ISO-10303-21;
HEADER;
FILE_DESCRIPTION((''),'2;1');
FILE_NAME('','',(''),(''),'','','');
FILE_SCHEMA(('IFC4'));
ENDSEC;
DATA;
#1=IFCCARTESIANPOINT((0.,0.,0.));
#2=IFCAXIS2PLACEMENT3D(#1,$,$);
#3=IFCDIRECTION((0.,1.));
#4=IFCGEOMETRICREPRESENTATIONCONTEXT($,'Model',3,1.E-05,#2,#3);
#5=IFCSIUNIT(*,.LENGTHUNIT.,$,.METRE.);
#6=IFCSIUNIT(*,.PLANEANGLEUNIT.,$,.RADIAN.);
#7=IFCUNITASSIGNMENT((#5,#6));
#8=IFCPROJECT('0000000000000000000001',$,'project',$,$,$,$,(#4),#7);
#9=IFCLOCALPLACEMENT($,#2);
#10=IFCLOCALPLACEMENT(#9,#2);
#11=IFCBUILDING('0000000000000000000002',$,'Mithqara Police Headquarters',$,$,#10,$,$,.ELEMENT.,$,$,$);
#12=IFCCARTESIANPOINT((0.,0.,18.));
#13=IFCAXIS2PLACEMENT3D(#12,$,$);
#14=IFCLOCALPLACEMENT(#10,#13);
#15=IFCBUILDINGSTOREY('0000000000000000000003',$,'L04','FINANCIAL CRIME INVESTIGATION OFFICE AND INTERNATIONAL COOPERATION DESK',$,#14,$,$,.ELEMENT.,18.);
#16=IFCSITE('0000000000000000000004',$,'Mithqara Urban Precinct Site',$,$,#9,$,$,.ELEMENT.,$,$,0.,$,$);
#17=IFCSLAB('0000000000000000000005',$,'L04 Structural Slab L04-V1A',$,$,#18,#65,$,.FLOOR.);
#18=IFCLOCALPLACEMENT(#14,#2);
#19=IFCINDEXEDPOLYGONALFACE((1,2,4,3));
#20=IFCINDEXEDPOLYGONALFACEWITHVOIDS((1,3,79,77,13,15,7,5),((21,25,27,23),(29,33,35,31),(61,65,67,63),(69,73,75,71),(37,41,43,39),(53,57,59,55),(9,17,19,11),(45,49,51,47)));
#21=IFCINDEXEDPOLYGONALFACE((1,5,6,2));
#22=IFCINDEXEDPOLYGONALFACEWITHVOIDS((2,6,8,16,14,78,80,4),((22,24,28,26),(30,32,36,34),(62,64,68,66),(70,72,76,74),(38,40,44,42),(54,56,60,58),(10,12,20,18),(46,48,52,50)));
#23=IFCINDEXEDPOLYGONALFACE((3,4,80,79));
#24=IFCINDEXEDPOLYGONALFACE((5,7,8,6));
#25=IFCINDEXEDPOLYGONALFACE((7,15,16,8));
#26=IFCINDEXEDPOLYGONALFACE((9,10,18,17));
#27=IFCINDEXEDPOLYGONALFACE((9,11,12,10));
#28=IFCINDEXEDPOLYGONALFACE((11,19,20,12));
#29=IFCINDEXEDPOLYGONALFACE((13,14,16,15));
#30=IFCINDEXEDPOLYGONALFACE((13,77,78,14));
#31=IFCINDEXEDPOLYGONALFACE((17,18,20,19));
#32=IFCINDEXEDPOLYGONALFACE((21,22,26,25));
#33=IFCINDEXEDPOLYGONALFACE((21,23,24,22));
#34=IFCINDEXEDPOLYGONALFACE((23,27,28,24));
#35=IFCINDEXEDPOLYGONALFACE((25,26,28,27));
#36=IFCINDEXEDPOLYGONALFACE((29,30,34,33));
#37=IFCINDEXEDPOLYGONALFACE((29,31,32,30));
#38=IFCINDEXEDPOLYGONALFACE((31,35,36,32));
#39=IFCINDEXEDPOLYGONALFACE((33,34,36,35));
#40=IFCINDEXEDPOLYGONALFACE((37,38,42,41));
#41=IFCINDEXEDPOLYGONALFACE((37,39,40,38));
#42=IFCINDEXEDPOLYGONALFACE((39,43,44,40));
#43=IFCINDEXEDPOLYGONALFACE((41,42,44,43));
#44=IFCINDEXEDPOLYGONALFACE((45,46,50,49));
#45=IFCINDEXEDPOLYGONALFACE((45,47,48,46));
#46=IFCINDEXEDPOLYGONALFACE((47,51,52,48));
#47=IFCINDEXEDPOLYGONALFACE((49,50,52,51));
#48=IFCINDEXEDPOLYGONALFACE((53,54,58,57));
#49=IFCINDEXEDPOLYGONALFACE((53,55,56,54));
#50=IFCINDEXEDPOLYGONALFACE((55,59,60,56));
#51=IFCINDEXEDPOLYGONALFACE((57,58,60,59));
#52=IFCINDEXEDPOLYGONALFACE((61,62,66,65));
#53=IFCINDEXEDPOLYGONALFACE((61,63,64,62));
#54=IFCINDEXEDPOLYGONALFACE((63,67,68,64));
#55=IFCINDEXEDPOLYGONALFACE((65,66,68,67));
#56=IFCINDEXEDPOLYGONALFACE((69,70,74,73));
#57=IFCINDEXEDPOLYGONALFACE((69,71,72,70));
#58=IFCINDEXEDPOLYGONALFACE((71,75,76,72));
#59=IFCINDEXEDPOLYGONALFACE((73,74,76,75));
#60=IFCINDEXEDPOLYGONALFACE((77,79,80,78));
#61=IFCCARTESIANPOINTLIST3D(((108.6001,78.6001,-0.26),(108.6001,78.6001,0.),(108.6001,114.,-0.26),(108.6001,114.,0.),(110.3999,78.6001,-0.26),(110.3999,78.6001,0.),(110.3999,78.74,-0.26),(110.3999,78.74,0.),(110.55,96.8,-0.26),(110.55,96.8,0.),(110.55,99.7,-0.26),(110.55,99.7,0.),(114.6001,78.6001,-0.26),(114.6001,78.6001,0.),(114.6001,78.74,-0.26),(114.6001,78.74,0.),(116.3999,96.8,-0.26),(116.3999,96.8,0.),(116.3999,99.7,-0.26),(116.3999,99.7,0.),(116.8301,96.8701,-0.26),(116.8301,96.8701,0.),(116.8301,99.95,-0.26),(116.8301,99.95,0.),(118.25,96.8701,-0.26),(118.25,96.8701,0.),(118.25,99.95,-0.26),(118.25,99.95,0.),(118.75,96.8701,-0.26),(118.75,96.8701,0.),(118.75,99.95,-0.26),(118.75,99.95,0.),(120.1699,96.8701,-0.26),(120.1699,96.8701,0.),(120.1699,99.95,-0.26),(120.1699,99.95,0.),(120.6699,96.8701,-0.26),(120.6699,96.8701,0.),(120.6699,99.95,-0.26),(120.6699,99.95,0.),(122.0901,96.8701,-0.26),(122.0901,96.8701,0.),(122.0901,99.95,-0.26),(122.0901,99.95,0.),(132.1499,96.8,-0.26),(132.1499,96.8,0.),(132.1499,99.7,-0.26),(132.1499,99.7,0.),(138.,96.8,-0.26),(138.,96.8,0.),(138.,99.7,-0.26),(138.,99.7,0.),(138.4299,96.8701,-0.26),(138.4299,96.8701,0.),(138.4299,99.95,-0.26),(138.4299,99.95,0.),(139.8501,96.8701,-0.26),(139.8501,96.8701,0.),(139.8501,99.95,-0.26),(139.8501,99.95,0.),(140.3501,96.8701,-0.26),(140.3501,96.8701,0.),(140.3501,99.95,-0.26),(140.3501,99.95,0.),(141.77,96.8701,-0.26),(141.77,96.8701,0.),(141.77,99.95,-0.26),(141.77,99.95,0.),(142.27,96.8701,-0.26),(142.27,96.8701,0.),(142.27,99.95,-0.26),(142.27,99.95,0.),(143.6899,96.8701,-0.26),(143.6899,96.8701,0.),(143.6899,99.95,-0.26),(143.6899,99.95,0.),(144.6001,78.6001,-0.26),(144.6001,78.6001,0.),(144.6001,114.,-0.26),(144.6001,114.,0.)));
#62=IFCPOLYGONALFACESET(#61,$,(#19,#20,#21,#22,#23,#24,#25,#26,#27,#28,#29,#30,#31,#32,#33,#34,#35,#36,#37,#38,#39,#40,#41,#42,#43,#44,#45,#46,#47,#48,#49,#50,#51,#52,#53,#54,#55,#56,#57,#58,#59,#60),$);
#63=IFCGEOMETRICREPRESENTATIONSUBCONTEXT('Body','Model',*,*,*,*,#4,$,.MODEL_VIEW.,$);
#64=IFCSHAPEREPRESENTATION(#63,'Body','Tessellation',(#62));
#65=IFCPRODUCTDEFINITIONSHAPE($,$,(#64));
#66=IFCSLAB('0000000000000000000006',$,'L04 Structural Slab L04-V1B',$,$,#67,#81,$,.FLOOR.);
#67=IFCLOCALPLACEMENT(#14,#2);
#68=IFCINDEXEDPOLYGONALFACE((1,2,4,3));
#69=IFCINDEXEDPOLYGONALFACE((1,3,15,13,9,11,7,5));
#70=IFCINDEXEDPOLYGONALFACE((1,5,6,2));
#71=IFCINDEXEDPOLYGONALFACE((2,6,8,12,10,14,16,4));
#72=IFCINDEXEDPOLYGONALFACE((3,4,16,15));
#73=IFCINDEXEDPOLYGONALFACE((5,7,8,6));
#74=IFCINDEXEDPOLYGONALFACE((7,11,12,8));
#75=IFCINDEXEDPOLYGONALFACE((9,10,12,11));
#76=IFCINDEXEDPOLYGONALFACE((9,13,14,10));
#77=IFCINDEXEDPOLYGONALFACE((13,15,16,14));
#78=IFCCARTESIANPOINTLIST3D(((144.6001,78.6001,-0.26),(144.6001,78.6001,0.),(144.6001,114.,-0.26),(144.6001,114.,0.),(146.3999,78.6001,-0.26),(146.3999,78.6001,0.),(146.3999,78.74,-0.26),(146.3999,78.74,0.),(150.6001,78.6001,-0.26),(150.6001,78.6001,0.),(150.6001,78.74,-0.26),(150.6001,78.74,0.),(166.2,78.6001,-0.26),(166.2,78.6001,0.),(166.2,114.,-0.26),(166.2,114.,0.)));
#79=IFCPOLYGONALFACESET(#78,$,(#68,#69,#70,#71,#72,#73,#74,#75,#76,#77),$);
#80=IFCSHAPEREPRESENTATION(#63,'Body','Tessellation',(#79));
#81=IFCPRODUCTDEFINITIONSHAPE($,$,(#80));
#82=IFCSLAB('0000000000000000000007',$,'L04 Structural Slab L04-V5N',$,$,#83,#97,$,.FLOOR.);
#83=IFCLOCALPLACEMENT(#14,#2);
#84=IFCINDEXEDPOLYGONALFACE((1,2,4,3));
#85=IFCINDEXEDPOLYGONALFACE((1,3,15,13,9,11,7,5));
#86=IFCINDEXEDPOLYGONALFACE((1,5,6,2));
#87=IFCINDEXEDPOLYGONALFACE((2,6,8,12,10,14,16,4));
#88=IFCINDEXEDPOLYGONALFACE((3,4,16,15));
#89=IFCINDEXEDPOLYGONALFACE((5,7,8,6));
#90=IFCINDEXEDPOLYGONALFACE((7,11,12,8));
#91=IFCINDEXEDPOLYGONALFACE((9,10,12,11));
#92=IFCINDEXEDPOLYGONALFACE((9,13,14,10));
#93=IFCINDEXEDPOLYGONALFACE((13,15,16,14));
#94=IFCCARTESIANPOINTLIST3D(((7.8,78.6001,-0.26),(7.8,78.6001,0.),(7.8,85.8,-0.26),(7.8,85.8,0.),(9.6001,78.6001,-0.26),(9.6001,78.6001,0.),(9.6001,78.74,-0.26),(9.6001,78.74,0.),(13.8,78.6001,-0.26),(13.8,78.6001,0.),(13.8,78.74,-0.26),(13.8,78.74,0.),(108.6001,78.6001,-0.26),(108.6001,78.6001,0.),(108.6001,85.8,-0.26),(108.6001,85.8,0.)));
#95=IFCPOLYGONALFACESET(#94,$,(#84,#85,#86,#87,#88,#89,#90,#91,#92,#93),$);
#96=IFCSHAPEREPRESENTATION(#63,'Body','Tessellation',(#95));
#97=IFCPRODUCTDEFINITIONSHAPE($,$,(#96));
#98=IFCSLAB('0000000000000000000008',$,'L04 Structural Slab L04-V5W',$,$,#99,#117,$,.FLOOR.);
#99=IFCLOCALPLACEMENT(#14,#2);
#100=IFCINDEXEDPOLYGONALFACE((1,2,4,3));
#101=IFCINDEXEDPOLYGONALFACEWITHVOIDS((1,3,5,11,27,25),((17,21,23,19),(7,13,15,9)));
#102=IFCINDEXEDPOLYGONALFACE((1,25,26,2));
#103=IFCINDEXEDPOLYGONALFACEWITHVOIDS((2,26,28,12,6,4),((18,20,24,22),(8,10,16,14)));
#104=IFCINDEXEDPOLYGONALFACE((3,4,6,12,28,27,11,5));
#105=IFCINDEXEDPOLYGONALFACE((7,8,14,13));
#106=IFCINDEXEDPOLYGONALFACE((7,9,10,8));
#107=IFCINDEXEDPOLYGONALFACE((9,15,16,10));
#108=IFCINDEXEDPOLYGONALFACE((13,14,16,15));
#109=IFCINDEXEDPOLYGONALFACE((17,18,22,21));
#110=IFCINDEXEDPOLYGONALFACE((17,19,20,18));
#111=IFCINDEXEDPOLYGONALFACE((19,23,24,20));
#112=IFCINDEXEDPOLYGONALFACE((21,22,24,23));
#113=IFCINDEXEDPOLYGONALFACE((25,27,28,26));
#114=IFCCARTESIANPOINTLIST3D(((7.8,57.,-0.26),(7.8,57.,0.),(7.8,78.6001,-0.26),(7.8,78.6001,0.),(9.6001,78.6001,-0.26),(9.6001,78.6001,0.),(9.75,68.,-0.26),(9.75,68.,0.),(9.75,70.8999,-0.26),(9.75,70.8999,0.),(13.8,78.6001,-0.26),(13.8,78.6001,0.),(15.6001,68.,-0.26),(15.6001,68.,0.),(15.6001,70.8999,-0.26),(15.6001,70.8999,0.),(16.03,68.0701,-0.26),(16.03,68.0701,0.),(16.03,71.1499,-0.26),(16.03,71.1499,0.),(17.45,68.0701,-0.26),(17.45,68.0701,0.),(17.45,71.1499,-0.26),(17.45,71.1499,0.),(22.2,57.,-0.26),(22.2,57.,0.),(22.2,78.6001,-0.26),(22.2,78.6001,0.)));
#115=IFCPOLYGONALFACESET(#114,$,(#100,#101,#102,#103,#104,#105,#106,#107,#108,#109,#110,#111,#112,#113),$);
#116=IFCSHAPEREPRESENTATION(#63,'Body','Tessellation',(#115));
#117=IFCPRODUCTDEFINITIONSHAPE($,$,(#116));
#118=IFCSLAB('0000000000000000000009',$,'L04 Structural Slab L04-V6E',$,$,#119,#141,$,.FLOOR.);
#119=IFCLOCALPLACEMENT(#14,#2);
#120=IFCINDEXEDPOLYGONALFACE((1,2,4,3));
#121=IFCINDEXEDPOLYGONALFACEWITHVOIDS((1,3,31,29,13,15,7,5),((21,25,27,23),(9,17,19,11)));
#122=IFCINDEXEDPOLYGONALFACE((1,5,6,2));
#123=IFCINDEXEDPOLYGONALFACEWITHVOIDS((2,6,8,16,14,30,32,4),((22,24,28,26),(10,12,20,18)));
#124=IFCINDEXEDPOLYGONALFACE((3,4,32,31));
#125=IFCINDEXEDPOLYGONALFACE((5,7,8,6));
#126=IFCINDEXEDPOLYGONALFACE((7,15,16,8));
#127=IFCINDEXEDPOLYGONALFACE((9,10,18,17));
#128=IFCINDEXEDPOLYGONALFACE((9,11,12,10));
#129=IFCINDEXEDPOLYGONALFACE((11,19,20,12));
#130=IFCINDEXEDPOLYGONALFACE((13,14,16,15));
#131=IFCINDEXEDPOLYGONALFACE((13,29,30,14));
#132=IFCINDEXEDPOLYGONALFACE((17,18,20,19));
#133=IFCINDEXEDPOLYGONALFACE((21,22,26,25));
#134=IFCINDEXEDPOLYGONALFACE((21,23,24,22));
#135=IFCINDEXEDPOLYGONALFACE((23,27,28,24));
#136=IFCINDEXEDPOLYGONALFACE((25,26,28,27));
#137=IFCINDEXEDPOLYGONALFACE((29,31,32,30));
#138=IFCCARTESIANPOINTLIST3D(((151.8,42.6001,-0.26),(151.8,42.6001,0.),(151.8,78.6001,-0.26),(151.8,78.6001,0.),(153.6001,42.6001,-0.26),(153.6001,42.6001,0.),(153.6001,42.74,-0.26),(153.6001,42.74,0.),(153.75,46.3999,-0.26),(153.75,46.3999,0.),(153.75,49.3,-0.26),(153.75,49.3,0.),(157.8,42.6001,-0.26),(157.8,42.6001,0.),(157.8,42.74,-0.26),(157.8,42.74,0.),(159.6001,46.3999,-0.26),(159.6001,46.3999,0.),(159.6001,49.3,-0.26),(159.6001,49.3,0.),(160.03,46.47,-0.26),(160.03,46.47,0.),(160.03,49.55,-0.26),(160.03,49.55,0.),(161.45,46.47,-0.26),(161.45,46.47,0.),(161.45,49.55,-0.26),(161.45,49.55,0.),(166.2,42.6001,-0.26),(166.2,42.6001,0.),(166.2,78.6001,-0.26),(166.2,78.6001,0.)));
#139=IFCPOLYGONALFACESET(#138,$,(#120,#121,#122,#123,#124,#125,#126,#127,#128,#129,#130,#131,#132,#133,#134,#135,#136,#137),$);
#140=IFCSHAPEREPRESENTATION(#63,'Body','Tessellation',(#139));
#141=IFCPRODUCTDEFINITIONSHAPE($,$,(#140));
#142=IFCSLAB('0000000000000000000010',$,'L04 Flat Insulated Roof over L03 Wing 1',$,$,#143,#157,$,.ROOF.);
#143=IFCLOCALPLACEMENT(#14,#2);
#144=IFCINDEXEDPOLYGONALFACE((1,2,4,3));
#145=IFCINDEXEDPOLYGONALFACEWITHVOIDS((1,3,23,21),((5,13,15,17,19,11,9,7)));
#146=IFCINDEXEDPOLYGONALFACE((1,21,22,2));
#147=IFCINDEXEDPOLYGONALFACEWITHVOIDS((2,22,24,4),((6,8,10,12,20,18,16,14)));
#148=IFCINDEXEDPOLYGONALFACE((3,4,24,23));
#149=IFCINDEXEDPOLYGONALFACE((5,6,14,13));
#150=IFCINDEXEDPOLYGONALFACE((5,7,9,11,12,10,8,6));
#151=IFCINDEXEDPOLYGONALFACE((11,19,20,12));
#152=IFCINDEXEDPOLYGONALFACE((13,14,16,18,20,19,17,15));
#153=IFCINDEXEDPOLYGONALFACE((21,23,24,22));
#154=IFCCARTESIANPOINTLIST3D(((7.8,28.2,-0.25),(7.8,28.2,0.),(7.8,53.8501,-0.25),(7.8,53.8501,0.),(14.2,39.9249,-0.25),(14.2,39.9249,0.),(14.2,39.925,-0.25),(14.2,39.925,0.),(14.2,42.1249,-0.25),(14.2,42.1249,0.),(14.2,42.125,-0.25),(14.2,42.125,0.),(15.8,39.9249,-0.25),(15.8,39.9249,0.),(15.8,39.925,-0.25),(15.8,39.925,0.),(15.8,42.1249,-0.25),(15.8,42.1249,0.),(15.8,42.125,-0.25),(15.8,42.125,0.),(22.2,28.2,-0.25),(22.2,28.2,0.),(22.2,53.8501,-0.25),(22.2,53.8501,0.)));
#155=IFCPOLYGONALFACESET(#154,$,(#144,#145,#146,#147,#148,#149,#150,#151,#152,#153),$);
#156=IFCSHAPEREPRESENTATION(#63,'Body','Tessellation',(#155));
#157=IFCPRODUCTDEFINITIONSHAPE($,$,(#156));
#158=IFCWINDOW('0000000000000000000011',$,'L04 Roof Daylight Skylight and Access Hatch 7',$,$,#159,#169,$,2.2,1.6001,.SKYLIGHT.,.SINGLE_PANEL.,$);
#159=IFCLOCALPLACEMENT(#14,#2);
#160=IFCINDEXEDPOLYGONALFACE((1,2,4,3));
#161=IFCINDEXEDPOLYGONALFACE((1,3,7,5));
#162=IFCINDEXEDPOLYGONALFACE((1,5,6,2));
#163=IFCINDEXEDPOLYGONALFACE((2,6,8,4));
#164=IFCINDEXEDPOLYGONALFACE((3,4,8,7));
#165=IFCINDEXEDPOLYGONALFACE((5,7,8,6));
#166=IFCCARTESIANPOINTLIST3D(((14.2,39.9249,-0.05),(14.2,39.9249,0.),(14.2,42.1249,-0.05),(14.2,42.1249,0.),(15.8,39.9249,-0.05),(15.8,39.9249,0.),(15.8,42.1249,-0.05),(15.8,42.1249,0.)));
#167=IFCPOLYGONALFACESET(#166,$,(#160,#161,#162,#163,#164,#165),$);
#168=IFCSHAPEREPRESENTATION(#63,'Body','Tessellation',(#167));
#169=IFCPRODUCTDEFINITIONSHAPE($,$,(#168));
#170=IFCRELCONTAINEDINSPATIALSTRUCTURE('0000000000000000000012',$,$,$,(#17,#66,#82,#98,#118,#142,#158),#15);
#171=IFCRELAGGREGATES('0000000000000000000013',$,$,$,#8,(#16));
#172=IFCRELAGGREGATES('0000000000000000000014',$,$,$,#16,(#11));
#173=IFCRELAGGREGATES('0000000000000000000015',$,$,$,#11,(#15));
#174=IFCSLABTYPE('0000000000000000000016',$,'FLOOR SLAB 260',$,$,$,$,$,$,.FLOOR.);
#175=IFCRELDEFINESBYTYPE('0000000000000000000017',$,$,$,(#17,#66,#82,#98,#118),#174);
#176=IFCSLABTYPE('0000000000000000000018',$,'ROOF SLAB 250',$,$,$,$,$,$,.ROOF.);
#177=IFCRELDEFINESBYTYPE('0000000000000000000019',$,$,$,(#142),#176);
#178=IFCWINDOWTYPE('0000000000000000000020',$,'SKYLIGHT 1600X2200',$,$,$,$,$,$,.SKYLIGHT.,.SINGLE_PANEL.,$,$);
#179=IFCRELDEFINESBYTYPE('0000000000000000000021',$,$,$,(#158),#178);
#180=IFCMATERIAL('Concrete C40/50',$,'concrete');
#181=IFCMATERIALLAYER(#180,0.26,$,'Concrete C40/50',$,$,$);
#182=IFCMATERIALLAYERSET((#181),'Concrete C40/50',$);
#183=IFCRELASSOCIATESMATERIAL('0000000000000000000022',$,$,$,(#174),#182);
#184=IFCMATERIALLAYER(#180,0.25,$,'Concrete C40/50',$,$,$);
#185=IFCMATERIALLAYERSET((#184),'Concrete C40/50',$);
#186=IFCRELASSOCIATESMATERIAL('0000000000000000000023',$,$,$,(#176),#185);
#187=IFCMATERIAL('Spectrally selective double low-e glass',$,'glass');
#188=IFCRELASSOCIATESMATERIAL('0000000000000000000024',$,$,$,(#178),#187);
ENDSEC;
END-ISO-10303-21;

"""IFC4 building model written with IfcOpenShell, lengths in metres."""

from ifc_helpers import new_model, si_unit, direction, frame, origin, origin_2d, place, context, subcontext, project, spatial, polyline, rectangle, outline, extrude, material, layer, layer_set, type_object, element, fill, save


model = new_model("IFC4")

# Units and contexts
model_context = context("Model", 3, precision=1e-05, world=origin(), true_north=direction((0.0, 1.0)))
body_context = subcontext(model_context, "Body", "Model", "MODEL_VIEW")
ifc_project = project(units=[si_unit("LENGTHUNIT", "METRE"), si_unit("PLANEANGLEUNIT", "RADIAN")], contexts=[model_context])

# Site, building, storey
site_placement = place(None, origin())
site = spatial("IfcSite", under=ifc_project, at=site_placement, Name="Mithqara Urban Precinct Site", CompositionType="ELEMENT", RefElevation=0.0)
building_placement = place(site_placement, origin())
building = spatial("IfcBuilding", under=site, at=building_placement, Name="Mithqara Police Headquarters", CompositionType="ELEMENT")
storey_placement = place(building_placement, frame((0.0, 0.0, 18.0)))
storey = spatial("IfcBuildingStorey", under=building, at=storey_placement, Name="L04", Description="FINANCIAL CRIME INVESTIGATION OFFICE AND INTERNATIONAL COOPERATION DESK", CompositionType="ELEMENT", Elevation=18.0)

# Slabs
ifc_material_1 = material(Name="Concrete C40/50", Category="concrete")
ifc_layer_1 = layer(ifc_material_1, 0.26, Name="Concrete C40/50")
ifc_layer_set_1 = layer_set([ifc_layer_1], Name="Concrete C40/50")
slab_type_1 = type_object("IfcSlabType", Name="FLOOR SLAB 260", PredefinedType="FLOOR", material=ifc_layer_set_1)
slab_1_placement = place(storey_placement, frame((0.0, 0.0, -0.26)))
element("IfcSlab", 1, at=slab_1_placement, inside=storey, type_object=slab_type_1, Name="L04 Structural Slab L04-V1A", PredefinedType="FLOOR", context=body_context, shape_type="SweptSolid", body=[
    extrude(outline(polyline([(108.6001, 114.0), (144.6001, 114.0), (144.6001, 78.6001), (114.6001, 78.6001), (114.6001, 78.74), (110.3999, 78.74), (110.3999, 78.6001), (108.6001, 78.6001), (108.6001, 114.0)]), holes=[polyline([(110.55, 96.8), (116.3999, 96.8), (116.3999, 99.7), (110.55, 99.7), (110.55, 96.8)]), polyline([(132.1499, 96.8), (138.0, 96.8), (138.0, 99.7), (132.1499, 99.7), (132.1499, 96.8)]), polyline([(118.25, 96.8701), (118.25, 99.95), (116.8301, 99.95), (116.8301, 96.8701), (118.25, 96.8701)]), polyline([(120.1699, 96.8701), (120.1699, 99.95), (118.75, 99.95), (118.75, 96.8701), (120.1699, 96.8701)]), polyline([(122.0901, 96.8701), (122.0901, 99.95), (120.6699, 99.95), (120.6699, 96.8701), (122.0901, 96.8701)]), polyline([(139.8501, 96.8701), (139.8501, 99.95), (138.4299, 99.95), (138.4299, 96.8701), (139.8501, 96.8701)]), polyline([(141.77, 96.8701), (141.77, 99.95), (140.3501, 99.95), (140.3501, 96.8701), (141.77, 96.8701)]), polyline([(143.6899, 96.8701), (143.6899, 99.95), (142.27, 99.95), (142.27, 96.8701), (143.6899, 96.8701)])]), origin(), (0.0, 0.0, 1.0), 0.26),
])
slab_2_placement = place(storey_placement, frame((0.0, 0.0, -0.26)))
element("IfcSlab", 2, at=slab_2_placement, inside=storey, type_object=slab_type_1, Name="L04 Structural Slab L04-V1B", PredefinedType="FLOOR", context=body_context, shape_type="SweptSolid", body=[
    extrude(outline(polyline([(166.2, 78.6001), (150.6001, 78.6001), (150.6001, 78.74), (146.3999, 78.74), (146.3999, 78.6001), (144.6001, 78.6001), (144.6001, 114.0), (166.2, 114.0), (166.2, 78.6001)])), origin(), (0.0, 0.0, 1.0), 0.26),
])
slab_3_placement = place(storey_placement, frame((0.0, 0.0, -0.26)))
element("IfcSlab", 3, at=slab_3_placement, inside=storey, type_object=slab_type_1, Name="L04 Structural Slab L04-V5N", PredefinedType="FLOOR", context=body_context, shape_type="SweptSolid", body=[
    extrude(outline(polyline([(13.8, 78.6001), (13.8, 78.74), (9.6001, 78.74), (9.6001, 78.6001), (7.8, 78.6001), (7.8, 85.8), (108.6001, 85.8), (108.6001, 78.6001), (13.8, 78.6001)])), origin(), (0.0, 0.0, 1.0), 0.26),
])
slab_4_placement = place(storey_placement, frame((0.0, 0.0, -0.26)))
element("IfcSlab", 4, at=slab_4_placement, inside=storey, type_object=slab_type_1, Name="L04 Structural Slab L04-V5W", PredefinedType="FLOOR", context=body_context, shape_type="SweptSolid", body=[
    extrude(outline(polyline([(22.2, 57.0), (7.8, 57.0), (7.8, 78.6001), (9.6001, 78.6001), (13.8, 78.6001), (22.2, 78.6001), (22.2, 57.0)]), holes=[polyline([(9.75, 68.0), (15.6001, 68.0), (15.6001, 70.8999), (9.75, 70.8999), (9.75, 68.0)]), polyline([(17.45, 68.0701), (17.45, 71.1499), (16.03, 71.1499), (16.03, 68.0701), (17.45, 68.0701)])]), origin(), (0.0, 0.0, 1.0), 0.26),
])
slab_5_placement = place(storey_placement, frame((0.0, 0.0, -0.26)))
element("IfcSlab", 5, at=slab_5_placement, inside=storey, type_object=slab_type_1, Name="L04 Structural Slab L04-V6E", PredefinedType="FLOOR", context=body_context, shape_type="SweptSolid", body=[
    extrude(outline(polyline([(157.8, 42.6001), (157.8, 42.74), (153.6001, 42.74), (153.6001, 42.6001), (151.8, 42.6001), (151.8, 78.6001), (166.2, 78.6001), (166.2, 42.6001), (157.8, 42.6001)]), holes=[polyline([(153.75, 46.3999), (159.6001, 46.3999), (159.6001, 49.3), (153.75, 49.3), (153.75, 46.3999)]), polyline([(161.45, 46.47), (161.45, 49.55), (160.03, 49.55), (160.03, 46.47), (161.45, 46.47)])]), origin(), (0.0, 0.0, 1.0), 0.26),
])

# Slab, opening, window
ifc_layer_2 = layer(ifc_material_1, 0.25, Name="Concrete C40/50")
ifc_layer_set_2 = layer_set([ifc_layer_2], Name="Concrete C40/50")
slab_type_2 = type_object("IfcSlabType", Name="ROOF SLAB 250", PredefinedType="ROOF", material=ifc_layer_set_2)
slab_6_placement = place(storey_placement, frame((0.0, 0.0, -0.25)))
slab_6 = element("IfcSlab", 6, at=slab_6_placement, inside=storey, type_object=slab_type_2, Name="L04 Flat Insulated Roof over L03 Wing 1", PredefinedType="ROOF", context=body_context, shape_type="SweptSolid", body=[
    extrude(outline(polyline([(7.8, 53.8501), (22.2, 53.8501), (22.2, 28.2), (7.8, 28.2), (7.8, 53.8501)]), holes=[polyline([(14.2, 39.925), (15.8, 39.925), (15.8, 42.125), (14.2, 42.125), (14.2, 39.925)])]), origin(), (0.0, 0.0, 1.0), 0.25),
])
opening_1_placement = place(slab_6_placement, frame((15.0, 41.0249, -0.01)))
opening_1 = element("IfcOpeningElement", 7, at=opening_1_placement, cuts=slab_6, PredefinedType="OPENING", context=body_context, shape_type="SweptSolid", body=[
    extrude(rectangle(XDim=1.6001, YDim=2.2, at=origin_2d()), origin(), (0.0, 0.0, 1.0), 0.27),
])
ifc_material_2 = material(Name="Spectrally selective double low-e glass", Category="glass")
window_type_1 = type_object("IfcWindowType", Name="SKYLIGHT 1600X2200", PartitioningType="SINGLE_PANEL", PredefinedType="SKYLIGHT", material=ifc_material_2)
window_1_placement = place(opening_1_placement, frame((0.0, 0.0, 0.21)))
window_1 = element("IfcWindow", 8, at=window_1_placement, inside=storey, type_object=window_type_1, Name="L04 Roof Daylight Skylight and Access Hatch 7", OverallHeight=2.2, OverallWidth=1.6001, PartitioningType="SINGLE_PANEL", PredefinedType="SKYLIGHT", context=body_context, shape_type="SweptSolid", body=[
    extrude(rectangle(XDim=1.6001, YDim=2.2, at=origin_2d()), origin(), (0.0, 0.0, 1.0), 0.05),
])
fill(opening_1, window_1)

save(model, "model.ifc")
